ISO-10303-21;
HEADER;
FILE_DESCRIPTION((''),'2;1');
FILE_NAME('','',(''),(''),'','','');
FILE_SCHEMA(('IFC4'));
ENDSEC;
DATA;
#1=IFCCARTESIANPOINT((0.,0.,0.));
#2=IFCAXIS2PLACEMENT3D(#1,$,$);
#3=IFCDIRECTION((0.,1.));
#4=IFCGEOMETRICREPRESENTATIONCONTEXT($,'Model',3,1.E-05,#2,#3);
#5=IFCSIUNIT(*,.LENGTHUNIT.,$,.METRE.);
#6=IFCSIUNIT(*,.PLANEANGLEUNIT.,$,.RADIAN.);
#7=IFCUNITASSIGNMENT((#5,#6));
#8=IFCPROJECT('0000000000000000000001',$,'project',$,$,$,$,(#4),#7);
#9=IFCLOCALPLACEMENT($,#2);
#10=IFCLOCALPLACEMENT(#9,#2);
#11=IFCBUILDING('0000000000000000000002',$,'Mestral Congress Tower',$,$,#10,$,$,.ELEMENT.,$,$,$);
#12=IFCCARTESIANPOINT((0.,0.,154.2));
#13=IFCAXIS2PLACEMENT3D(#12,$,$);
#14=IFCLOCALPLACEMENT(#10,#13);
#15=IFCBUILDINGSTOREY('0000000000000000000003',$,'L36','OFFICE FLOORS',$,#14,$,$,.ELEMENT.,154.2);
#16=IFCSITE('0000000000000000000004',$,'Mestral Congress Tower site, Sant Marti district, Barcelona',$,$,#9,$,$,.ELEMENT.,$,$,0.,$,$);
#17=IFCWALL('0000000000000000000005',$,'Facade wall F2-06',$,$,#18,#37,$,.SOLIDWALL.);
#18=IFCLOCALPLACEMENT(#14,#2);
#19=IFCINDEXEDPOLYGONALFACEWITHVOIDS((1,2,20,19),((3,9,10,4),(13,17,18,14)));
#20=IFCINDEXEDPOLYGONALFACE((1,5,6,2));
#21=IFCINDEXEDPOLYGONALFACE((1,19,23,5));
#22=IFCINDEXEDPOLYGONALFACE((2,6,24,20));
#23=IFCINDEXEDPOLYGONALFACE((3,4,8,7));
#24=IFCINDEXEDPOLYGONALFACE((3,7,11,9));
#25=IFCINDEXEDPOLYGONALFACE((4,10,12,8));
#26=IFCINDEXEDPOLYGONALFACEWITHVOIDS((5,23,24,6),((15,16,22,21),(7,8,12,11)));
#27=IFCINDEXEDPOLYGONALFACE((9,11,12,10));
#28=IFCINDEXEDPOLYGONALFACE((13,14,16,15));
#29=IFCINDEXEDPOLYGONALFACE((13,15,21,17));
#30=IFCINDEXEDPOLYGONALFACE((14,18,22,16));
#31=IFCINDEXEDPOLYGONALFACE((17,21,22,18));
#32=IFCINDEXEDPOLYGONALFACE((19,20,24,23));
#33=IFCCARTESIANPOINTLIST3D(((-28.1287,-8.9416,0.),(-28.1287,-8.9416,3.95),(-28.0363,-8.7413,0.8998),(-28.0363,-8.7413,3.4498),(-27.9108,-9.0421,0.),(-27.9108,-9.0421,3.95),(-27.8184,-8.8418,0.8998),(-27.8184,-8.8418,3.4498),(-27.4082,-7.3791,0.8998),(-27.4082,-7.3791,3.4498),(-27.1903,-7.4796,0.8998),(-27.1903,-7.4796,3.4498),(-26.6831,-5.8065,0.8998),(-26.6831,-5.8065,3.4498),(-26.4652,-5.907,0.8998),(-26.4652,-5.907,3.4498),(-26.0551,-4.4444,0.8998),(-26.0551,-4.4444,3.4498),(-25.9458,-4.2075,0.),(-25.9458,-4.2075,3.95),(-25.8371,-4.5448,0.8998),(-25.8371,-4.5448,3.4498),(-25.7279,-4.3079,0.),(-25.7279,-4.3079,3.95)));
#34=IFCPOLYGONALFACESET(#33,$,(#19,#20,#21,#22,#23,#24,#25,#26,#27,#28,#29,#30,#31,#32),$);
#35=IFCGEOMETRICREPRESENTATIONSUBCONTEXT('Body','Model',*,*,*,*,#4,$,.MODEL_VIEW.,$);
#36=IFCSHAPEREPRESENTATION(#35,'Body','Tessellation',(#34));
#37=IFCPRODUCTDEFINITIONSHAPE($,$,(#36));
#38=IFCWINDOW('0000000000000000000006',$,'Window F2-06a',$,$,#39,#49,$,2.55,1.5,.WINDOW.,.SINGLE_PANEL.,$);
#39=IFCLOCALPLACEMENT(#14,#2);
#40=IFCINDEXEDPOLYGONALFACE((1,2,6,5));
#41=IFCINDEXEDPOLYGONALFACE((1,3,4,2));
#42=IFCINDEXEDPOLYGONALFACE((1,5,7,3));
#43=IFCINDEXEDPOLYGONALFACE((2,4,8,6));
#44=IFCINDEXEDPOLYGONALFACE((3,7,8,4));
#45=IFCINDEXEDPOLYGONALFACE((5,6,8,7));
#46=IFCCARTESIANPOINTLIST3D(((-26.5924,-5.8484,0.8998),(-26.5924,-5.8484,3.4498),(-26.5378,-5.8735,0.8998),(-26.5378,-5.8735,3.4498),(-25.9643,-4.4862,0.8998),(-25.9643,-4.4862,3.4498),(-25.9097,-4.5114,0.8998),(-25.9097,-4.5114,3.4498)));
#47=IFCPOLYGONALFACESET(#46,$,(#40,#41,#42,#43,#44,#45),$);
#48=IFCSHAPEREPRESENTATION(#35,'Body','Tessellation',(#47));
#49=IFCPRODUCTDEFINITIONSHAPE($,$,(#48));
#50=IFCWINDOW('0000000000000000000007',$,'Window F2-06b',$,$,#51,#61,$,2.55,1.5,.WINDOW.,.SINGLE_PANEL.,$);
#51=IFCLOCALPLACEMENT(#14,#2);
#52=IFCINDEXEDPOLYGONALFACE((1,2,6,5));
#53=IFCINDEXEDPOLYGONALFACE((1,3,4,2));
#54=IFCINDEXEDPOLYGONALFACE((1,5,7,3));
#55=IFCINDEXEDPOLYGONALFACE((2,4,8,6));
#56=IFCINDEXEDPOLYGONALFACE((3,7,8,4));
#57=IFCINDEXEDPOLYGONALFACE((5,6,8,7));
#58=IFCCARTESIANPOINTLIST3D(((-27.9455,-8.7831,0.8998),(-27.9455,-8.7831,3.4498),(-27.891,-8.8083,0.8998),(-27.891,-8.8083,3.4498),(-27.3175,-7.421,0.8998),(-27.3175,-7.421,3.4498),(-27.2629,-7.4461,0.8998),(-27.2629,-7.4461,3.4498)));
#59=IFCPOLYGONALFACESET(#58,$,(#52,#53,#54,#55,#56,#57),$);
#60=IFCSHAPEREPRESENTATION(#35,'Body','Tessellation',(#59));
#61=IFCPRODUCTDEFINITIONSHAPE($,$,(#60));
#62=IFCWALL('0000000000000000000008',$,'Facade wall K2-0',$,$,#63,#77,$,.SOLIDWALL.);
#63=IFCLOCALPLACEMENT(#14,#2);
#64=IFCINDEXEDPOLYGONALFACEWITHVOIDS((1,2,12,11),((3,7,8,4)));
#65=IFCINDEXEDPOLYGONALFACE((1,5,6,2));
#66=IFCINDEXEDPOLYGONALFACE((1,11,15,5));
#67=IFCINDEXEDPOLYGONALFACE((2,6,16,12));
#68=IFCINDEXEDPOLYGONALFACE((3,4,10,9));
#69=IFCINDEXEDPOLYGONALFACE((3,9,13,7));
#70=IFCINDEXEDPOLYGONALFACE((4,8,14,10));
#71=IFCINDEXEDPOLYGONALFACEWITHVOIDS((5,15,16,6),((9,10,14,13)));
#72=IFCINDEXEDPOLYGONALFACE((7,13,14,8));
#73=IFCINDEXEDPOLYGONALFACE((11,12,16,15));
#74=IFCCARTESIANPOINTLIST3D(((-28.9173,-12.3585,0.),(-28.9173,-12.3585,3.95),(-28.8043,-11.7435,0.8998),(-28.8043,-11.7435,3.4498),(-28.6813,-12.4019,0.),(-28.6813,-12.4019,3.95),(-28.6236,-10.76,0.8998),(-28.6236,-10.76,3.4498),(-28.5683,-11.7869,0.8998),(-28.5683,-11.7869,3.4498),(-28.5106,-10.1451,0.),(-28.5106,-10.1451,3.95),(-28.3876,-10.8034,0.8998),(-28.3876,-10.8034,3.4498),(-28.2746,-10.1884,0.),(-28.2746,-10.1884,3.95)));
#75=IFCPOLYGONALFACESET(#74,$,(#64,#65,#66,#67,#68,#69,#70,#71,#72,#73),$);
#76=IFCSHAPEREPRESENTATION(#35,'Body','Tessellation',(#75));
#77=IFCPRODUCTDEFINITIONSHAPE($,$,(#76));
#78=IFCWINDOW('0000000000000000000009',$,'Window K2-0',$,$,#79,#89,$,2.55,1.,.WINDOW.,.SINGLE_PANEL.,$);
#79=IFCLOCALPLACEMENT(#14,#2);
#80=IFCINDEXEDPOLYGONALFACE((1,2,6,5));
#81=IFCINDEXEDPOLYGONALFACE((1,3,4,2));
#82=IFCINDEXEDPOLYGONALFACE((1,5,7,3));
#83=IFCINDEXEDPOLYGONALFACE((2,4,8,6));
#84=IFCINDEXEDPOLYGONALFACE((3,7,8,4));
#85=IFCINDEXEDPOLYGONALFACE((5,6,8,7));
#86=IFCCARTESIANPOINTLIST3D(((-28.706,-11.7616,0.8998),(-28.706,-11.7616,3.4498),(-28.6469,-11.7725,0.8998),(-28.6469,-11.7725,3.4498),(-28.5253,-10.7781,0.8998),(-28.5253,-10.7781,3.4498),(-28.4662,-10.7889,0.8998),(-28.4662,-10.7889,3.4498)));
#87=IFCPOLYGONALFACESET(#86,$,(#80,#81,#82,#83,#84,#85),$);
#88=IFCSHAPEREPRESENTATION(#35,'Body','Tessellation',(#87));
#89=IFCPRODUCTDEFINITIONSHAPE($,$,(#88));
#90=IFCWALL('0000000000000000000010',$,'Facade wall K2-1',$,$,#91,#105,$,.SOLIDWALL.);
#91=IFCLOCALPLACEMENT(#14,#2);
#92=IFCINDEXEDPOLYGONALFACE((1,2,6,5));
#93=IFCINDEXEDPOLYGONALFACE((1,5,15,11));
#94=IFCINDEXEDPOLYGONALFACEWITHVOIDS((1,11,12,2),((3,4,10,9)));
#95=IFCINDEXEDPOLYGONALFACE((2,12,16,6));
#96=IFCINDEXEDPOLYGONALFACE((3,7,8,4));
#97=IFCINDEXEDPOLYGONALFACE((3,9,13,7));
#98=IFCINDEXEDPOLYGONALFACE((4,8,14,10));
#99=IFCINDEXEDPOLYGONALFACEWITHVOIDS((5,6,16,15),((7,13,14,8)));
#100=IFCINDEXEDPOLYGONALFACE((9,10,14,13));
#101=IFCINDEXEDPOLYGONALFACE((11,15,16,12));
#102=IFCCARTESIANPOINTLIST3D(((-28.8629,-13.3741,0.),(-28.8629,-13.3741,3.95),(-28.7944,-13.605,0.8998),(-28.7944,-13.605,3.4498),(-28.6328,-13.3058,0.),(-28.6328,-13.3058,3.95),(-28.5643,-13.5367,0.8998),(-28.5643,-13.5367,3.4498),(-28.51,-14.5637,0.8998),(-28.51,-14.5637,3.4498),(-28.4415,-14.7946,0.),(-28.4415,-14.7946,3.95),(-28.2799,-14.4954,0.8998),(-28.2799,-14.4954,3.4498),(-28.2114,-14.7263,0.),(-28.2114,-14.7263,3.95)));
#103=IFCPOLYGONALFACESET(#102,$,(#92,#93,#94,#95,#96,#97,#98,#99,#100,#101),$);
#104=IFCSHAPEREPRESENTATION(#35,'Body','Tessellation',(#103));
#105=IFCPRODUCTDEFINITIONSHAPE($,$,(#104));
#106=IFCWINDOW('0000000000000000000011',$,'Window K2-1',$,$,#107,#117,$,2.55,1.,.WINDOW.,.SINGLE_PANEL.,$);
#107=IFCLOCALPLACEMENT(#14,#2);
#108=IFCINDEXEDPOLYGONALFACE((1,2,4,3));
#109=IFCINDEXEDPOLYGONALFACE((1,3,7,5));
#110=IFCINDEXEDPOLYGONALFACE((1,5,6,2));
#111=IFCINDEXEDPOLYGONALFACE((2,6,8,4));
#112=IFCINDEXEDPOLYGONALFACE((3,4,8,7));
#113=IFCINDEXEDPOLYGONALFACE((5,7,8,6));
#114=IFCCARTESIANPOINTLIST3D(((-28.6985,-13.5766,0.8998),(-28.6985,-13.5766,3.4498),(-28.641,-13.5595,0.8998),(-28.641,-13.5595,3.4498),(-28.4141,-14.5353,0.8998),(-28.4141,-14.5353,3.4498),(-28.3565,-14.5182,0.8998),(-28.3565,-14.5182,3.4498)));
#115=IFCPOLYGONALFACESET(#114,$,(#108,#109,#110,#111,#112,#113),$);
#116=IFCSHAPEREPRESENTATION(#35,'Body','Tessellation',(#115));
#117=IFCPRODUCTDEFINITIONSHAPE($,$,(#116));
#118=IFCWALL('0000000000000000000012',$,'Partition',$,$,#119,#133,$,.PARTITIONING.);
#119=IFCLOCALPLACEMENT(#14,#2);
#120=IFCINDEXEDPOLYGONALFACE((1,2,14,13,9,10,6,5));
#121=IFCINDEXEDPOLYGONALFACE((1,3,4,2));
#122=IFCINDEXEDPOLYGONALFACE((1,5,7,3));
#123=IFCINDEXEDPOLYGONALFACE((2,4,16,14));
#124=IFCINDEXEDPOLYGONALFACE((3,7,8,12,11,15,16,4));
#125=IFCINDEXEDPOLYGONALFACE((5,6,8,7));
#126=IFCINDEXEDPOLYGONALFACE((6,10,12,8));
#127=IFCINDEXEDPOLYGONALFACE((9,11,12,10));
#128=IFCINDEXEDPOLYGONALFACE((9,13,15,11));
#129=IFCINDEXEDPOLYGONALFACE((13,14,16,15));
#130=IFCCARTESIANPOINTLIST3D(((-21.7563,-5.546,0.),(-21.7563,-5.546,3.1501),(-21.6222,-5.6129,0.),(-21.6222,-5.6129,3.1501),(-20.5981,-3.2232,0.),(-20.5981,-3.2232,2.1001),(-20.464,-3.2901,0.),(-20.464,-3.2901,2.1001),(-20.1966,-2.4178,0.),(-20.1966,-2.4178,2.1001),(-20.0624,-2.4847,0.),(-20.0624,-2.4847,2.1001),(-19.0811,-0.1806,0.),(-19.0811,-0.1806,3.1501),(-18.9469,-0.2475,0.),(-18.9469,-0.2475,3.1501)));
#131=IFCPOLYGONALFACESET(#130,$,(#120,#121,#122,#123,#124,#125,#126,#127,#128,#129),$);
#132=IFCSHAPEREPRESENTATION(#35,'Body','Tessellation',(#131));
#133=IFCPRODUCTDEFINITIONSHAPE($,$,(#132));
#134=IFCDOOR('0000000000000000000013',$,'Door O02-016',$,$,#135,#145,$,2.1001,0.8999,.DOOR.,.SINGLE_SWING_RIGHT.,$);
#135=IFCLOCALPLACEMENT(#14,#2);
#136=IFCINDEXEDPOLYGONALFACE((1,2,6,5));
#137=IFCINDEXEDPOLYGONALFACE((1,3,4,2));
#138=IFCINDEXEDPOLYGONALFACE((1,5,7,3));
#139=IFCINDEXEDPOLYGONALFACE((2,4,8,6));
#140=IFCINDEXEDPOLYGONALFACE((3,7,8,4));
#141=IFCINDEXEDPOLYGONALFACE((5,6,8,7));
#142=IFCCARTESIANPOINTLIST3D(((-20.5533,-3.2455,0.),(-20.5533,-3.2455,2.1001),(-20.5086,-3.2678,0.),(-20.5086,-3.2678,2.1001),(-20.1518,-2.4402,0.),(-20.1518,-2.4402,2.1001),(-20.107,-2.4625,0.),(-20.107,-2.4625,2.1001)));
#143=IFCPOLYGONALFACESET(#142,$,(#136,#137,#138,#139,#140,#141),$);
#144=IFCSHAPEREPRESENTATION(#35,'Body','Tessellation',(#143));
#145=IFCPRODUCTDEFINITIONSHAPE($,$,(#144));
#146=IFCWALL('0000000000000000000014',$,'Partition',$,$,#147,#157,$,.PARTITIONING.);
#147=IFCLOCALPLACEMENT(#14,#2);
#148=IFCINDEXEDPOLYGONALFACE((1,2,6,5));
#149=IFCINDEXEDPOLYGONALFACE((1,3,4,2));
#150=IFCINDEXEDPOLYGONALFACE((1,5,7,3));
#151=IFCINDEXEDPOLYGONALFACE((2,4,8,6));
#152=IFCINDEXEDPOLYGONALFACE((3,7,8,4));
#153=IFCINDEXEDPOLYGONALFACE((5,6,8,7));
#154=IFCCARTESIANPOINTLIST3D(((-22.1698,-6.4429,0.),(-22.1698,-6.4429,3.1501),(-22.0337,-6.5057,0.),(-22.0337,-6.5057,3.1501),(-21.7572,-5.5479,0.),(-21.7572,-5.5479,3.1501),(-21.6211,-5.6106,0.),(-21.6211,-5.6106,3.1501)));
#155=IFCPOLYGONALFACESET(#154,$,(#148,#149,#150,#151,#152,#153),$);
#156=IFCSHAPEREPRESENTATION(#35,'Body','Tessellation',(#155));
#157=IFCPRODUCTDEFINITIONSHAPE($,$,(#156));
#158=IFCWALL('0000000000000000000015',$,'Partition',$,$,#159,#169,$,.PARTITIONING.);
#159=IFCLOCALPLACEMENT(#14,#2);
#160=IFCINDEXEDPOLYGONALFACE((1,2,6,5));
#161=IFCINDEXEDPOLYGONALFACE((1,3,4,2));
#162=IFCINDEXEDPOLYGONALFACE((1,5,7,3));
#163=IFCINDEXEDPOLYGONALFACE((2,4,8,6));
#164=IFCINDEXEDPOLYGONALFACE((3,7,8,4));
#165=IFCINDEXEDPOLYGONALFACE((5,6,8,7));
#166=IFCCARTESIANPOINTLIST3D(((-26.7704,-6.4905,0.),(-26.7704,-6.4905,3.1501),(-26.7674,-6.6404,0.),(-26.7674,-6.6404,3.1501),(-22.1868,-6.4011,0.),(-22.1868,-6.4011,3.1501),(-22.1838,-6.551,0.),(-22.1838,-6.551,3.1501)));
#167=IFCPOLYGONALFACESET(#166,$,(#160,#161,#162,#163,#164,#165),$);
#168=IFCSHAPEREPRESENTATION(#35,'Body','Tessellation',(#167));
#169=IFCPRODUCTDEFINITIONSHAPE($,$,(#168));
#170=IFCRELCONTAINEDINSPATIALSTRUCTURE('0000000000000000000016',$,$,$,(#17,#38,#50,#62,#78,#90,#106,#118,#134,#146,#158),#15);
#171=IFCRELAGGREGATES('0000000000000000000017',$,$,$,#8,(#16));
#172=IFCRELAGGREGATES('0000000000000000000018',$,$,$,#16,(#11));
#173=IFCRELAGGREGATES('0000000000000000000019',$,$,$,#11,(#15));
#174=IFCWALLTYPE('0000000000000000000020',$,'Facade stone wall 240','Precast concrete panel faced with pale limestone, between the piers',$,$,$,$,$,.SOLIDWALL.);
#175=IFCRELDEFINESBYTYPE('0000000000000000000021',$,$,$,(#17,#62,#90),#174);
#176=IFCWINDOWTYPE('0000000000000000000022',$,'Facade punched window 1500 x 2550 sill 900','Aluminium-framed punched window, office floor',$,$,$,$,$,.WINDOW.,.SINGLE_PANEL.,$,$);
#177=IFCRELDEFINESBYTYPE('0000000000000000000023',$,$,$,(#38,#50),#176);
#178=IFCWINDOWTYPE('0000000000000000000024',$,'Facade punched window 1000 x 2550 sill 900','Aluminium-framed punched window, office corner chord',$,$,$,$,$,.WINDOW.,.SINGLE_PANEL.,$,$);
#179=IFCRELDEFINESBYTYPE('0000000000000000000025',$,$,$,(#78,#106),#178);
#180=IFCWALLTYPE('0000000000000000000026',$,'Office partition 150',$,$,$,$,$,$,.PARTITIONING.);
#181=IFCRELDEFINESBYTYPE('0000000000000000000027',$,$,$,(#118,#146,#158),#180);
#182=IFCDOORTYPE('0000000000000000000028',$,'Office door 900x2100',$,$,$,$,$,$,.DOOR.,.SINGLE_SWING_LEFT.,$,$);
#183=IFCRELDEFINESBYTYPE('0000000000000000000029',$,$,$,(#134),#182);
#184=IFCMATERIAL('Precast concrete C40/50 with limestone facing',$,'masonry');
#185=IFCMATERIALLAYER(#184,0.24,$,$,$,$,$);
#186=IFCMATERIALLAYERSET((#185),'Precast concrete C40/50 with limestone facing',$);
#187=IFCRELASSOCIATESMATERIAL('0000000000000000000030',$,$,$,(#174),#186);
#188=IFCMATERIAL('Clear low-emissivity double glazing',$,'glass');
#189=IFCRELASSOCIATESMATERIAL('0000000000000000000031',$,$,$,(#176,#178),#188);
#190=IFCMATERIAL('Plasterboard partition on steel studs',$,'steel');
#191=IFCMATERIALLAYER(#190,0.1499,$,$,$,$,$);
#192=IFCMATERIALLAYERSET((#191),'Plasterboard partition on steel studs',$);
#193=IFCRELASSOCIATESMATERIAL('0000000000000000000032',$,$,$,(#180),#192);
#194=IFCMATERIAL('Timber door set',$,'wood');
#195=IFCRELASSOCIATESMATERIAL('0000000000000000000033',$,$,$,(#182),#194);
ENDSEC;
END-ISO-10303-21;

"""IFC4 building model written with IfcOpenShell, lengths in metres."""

from ifc_helpers import new_model, si_unit, direction, frame, frame_2d, origin, place, context, subcontext, project, spatial, rectangle, extrude, material, layer, layer_set, type_object, element, fill, save


model = new_model("IFC4")

# Units and contexts
model_context = context("Model", 3, precision=1e-05, world=origin(), true_north=direction((0.0, 1.0)))
body_context = subcontext(model_context, "Body", "Model", "MODEL_VIEW")
ifc_project = project(units=[si_unit("LENGTHUNIT", "METRE"), si_unit("PLANEANGLEUNIT", "RADIAN")], contexts=[model_context])

# Site, building, storey
site_placement = place(None, origin())
site = spatial("IfcSite", under=ifc_project, at=site_placement, Name="Mestral Congress Tower site, Sant Marti district, Barcelona", CompositionType="ELEMENT", RefElevation=0.0)
building_placement = place(site_placement, origin())
building = spatial("IfcBuilding", under=site, at=building_placement, Name="Mestral Congress Tower", CompositionType="ELEMENT")
storey_placement = place(building_placement, frame((0.0, 0.0, 154.2)))
storey = spatial("IfcBuildingStorey", under=building, at=storey_placement, Name="L36", Description="OFFICE FLOORS", CompositionType="ELEMENT", Elevation=154.2)

# Wall, openings, windows
ifc_material_1 = material(Name="Precast concrete C40/50 with limestone facing", Category="masonry")
ifc_layer_1 = layer(ifc_material_1, 0.24)
ifc_layer_set_1 = layer_set([ifc_layer_1], Name="Precast concrete C40/50 with limestone facing")
wall_type_1 = type_object("IfcWallType", Name="Facade stone wall 240", Description="Precast concrete panel faced with pale limestone, between the piers", PredefinedType="SOLIDWALL", material=ifc_layer_set_1)
wall_1_placement = place(storey_placement, frame((-25.8369, -4.2578, 0.0), z_axis=(0.0, 0.0, 1.0), x_axis=(-0.418723, -0.908114, 0.0)))
wall_1 = element("IfcWall", 1, at=wall_1_placement, inside=storey, type_object=wall_type_1, Name="Facade wall F2-06", PredefinedType="SOLIDWALL", context=body_context, shape_type="SweptSolid", body=[
    extrude(rectangle(XDim=5.2131, YDim=0.24, at=frame_2d((2.6064, 0.0))), origin(), (0.0, 0.0, 1.0), 3.95),
])
opening_1_placement = place(wall_1_placement, frame((0.2607, 0.0, 0.8999)))
opening_1 = element("IfcOpeningElement", 2, at=opening_1_placement, cuts=wall_1, PredefinedType="OPENING", context=body_context, shape_type="SweptSolid", body=[
    extrude(rectangle(XDim=1.5, YDim=2.55, at=frame_2d((0.75, 1.2749))), frame((0.0, 0.1299, 0.0), z_axis=(0.0, -1.0, 0.0), x_axis=(1.0, 0.0, 0.0)), (0.0, 0.0, 1.0), 0.26),
])
opening_2_placement = place(wall_1_placement, frame((3.4924, 0.0, 0.8999)))
opening_2 = element("IfcOpeningElement", 3, at=opening_2_placement, cuts=wall_1, PredefinedType="OPENING", context=body_context, shape_type="SweptSolid", body=[
    extrude(rectangle(XDim=1.5, YDim=2.55, at=frame_2d((0.75, 1.2749))), frame((0.0, 0.1299, 0.0), z_axis=(0.0, -1.0, 0.0), x_axis=(1.0, 0.0, 0.0)), (0.0, 0.0, 1.0), 0.26),
])
ifc_material_2 = material(Name="Clear low-emissivity double glazing", Category="glass")
window_type_1 = type_object("IfcWindowType", Name="Facade punched window 1500 x 2550 sill 900", Description="Aluminium-framed punched window, office floor", PartitioningType="SINGLE_PANEL", PredefinedType="WINDOW", material=ifc_material_2)
window_1_placement = place(opening_1_placement, origin())
window_1 = element("IfcWindow", 4, at=window_1_placement, inside=storey, type_object=window_type_1, Name="Window F2-06a", OverallHeight=2.55, OverallWidth=1.5, PartitioningType="SINGLE_PANEL", PredefinedType="WINDOW", context=body_context, shape_type="SweptSolid", body=[
    extrude(rectangle(XDim=1.5, YDim=2.55, at=frame_2d((0.75, 1.2749))), frame((0.0, 0.04, 0.0), z_axis=(0.0, -1.0, 0.0), x_axis=(1.0, 0.0, 0.0)), (0.0, 0.0, 1.0), 0.0601),
])
fill(opening_1, window_1)
window_2_placement = place(opening_2_placement, origin())
window_2 = element("IfcWindow", 5, at=window_2_placement, inside=storey, type_object=window_type_1, Name="Window F2-06b", OverallHeight=2.55, OverallWidth=1.5, PartitioningType="SINGLE_PANEL", PredefinedType="WINDOW", context=body_context, shape_type="SweptSolid", body=[
    extrude(rectangle(XDim=1.5, YDim=2.55, at=frame_2d((0.75, 1.2749))), frame((0.0, 0.04, 0.0), z_axis=(0.0, -1.0, 0.0), x_axis=(1.0, 0.0, 0.0)), (0.0, 0.0, 1.0), 0.0601),
])
fill(opening_2, window_2)

# Walls, openings, windows
wall_2_placement = place(storey_placement, frame((-28.3926, -10.1667, 0.0), z_axis=(0.0, 0.0, 1.0), x_axis=(-0.180737, -0.983531, 0.0)))
wall_2 = element("IfcWall", 6, at=wall_2_placement, inside=storey, type_object=wall_type_1, Name="Facade wall K2-0", PredefinedType="SOLIDWALL", context=body_context, shape_type="SweptSolid", body=[
    extrude(rectangle(XDim=2.2505, YDim=0.24, at=frame_2d((1.1252, 0.0))), origin(), (0.0, 0.0, 1.0), 3.95),
])
opening_3_placement = place(wall_2_placement, frame((0.6252, 0.0, 0.8999)))
opening_3 = element("IfcOpeningElement", 7, at=opening_3_placement, cuts=wall_2, PredefinedType="OPENING", context=body_context, shape_type="SweptSolid", body=[
    extrude(rectangle(XDim=1.0, YDim=2.55, at=frame_2d((0.5, 1.2749))), frame((0.0, 0.1299, 0.0), z_axis=(0.0, -1.0, 0.0), x_axis=(1.0, 0.0, 0.0)), (0.0, 0.0, 1.0), 0.26),
])
window_type_2 = type_object("IfcWindowType", Name="Facade punched window 1000 x 2550 sill 900", Description="Aluminium-framed punched window, office corner chord", PartitioningType="SINGLE_PANEL", PredefinedType="WINDOW", material=ifc_material_2)
window_3_placement = place(opening_3_placement, origin())
window_3 = element("IfcWindow", 8, at=window_3_placement, inside=storey, type_object=window_type_2, Name="Window K2-0", OverallHeight=2.55, OverallWidth=1.0, PartitioningType="SINGLE_PANEL", PredefinedType="WINDOW", context=body_context, shape_type="SweptSolid", body=[
    extrude(rectangle(XDim=1.0, YDim=2.55, at=frame_2d((0.5, 1.2749))), frame((0.0, 0.04, 0.0), z_axis=(0.0, -1.0, 0.0), x_axis=(1.0, 0.0, 0.0)), (0.0, 0.0, 1.0), 0.0601),
])
fill(opening_3, window_3)
wall_3_placement = place(storey_placement, frame((-28.7478, -13.3401, 0.0), z_axis=(0.0, 0.0, 1.0), x_axis=(0.284414, -0.958702, 0.0)))
wall_3 = element("IfcWall", 9, at=wall_3_placement, inside=storey, type_object=wall_type_1, Name="Facade wall K2-1", PredefinedType="SOLIDWALL", context=body_context, shape_type="SweptSolid", body=[
    extrude(rectangle(XDim=1.4817, YDim=0.24, at=frame_2d((0.7407, 0.0))), origin(), (0.0, 0.0, 1.0), 3.95),
])
opening_4_placement = place(wall_3_placement, frame((0.2407, 0.0, 0.8999)))
opening_4 = element("IfcOpeningElement", 10, at=opening_4_placement, cuts=wall_3, PredefinedType="OPENING", context=body_context, shape_type="SweptSolid", body=[
    extrude(rectangle(XDim=1.0, YDim=2.55, at=frame_2d((0.5, 1.2749))), frame((0.0, 0.1299, 0.0), z_axis=(0.0, -1.0, 0.0), x_axis=(1.0, 0.0, 0.0)), (0.0, 0.0, 1.0), 0.26),
])
window_4_placement = place(opening_4_placement, origin())
window_4 = element("IfcWindow", 11, at=window_4_placement, inside=storey, type_object=window_type_2, Name="Window K2-1", OverallHeight=2.55, OverallWidth=1.0, PartitioningType="SINGLE_PANEL", PredefinedType="WINDOW", context=body_context, shape_type="SweptSolid", body=[
    extrude(rectangle(XDim=1.0, YDim=2.55, at=frame_2d((0.5, 1.2749))), frame((0.0, 0.04, 0.0), z_axis=(0.0, -1.0, 0.0), x_axis=(1.0, 0.0, 0.0)), (0.0, 0.0, 1.0), 0.0601),
])
fill(opening_4, window_4)

# Wall, opening, door
ifc_material_3 = material(Name="Plasterboard partition on steel studs", Category="steel")
ifc_layer_2 = layer(ifc_material_3, 0.1499)
ifc_layer_set_2 = layer_set([ifc_layer_2], Name="Plasterboard partition on steel studs")
wall_type_2 = type_object("IfcWallType", Name="Office partition 150", PredefinedType="PARTITIONING", material=ifc_layer_set_2)
wall_4_placement = place(storey_placement, frame((-21.6892, -5.5793, 0.0), z_axis=(0.0, 0.0, 1.0), x_axis=(0.44622, 0.894923, 0.0)))
wall_4 = element("IfcWall", 12, at=wall_4_placement, inside=storey, type_object=wall_type_2, Name="Partition", PredefinedType="PARTITIONING", context=body_context, shape_type="SweptSolid", body=[
    extrude(rectangle(XDim=5.9954, YDim=0.1499, at=frame_2d((2.9976, 0.0))), origin(), (0.0, 0.0, 1.0), 3.1501),
])
opening_5_placement = place(wall_4_placement, frame((2.5955, 0.0, 0.0)))
opening_5 = element("IfcOpeningElement", 13, at=opening_5_placement, cuts=wall_4, PredefinedType="OPENING", context=body_context, shape_type="SweptSolid", body=[
    extrude(rectangle(XDim=0.8999, YDim=2.1001, at=frame_2d((0.45, 1.05))), frame((0.0, 0.085, 0.0), z_axis=(0.0, -1.0, 0.0), x_axis=(1.0, 0.0, 0.0)), (0.0, 0.0, 1.0), 0.1699),
])
ifc_material_4 = material(Name="Timber door set", Category="wood")
door_type_1 = type_object("IfcDoorType", Name="Office door 900x2100", OperationType="SINGLE_SWING_LEFT", PredefinedType="DOOR", material=ifc_material_4)
door_1_placement = place(opening_5_placement, origin())
door_1 = element("IfcDoor", 14, at=door_1_placement, inside=storey, type_object=door_type_1, Name="Door O02-016", OperationType="SINGLE_SWING_RIGHT", OverallHeight=2.1001, OverallWidth=0.8999, PredefinedType="DOOR", context=body_context, shape_type="SweptSolid", body=[
    extrude(rectangle(XDim=0.8999, YDim=2.1001, at=frame_2d((0.45, 1.05))), frame((0.0, 0.0249, 0.0), z_axis=(0.0, -1.0, 0.0), x_axis=(1.0, 0.0, 0.0)), (0.0, 0.0, 1.0), 0.05),
])
fill(opening_5, door_1)

# Walls
wall_5_placement = place(storey_placement, frame((-21.6892, -5.5793, 0.0), z_axis=(0.0, 0.0, 1.0), x_axis=(-0.41865, -0.908148, 0.0)))
element("IfcWall", 15, at=wall_5_placement, inside=storey, type_object=wall_type_2, Name="Partition", PredefinedType="PARTITIONING", context=body_context, shape_type="SweptSolid", body=[
    extrude(rectangle(XDim=0.9856, YDim=0.1499, at=frame_2d((0.4927, 0.0))), origin(), (0.0, 0.0, 1.0), 3.1501),
])
wall_6_placement = place(storey_placement, frame((-22.1853, -6.4761, 0.0), z_axis=(0.0, 0.0, 1.0), x_axis=(-0.99981, -0.019491, 0.0)))
element("IfcWall", 16, at=wall_6_placement, inside=storey, type_object=wall_type_2, Name="Partition", PredefinedType="PARTITIONING", context=body_context, shape_type="SweptSolid", body=[
    extrude(rectangle(XDim=4.5845, YDim=0.1499, at=frame_2d((2.2922, 0.0))), origin(), (0.0, 0.0, 1.0), 3.1501),
])

save(model, "model.ifc")
